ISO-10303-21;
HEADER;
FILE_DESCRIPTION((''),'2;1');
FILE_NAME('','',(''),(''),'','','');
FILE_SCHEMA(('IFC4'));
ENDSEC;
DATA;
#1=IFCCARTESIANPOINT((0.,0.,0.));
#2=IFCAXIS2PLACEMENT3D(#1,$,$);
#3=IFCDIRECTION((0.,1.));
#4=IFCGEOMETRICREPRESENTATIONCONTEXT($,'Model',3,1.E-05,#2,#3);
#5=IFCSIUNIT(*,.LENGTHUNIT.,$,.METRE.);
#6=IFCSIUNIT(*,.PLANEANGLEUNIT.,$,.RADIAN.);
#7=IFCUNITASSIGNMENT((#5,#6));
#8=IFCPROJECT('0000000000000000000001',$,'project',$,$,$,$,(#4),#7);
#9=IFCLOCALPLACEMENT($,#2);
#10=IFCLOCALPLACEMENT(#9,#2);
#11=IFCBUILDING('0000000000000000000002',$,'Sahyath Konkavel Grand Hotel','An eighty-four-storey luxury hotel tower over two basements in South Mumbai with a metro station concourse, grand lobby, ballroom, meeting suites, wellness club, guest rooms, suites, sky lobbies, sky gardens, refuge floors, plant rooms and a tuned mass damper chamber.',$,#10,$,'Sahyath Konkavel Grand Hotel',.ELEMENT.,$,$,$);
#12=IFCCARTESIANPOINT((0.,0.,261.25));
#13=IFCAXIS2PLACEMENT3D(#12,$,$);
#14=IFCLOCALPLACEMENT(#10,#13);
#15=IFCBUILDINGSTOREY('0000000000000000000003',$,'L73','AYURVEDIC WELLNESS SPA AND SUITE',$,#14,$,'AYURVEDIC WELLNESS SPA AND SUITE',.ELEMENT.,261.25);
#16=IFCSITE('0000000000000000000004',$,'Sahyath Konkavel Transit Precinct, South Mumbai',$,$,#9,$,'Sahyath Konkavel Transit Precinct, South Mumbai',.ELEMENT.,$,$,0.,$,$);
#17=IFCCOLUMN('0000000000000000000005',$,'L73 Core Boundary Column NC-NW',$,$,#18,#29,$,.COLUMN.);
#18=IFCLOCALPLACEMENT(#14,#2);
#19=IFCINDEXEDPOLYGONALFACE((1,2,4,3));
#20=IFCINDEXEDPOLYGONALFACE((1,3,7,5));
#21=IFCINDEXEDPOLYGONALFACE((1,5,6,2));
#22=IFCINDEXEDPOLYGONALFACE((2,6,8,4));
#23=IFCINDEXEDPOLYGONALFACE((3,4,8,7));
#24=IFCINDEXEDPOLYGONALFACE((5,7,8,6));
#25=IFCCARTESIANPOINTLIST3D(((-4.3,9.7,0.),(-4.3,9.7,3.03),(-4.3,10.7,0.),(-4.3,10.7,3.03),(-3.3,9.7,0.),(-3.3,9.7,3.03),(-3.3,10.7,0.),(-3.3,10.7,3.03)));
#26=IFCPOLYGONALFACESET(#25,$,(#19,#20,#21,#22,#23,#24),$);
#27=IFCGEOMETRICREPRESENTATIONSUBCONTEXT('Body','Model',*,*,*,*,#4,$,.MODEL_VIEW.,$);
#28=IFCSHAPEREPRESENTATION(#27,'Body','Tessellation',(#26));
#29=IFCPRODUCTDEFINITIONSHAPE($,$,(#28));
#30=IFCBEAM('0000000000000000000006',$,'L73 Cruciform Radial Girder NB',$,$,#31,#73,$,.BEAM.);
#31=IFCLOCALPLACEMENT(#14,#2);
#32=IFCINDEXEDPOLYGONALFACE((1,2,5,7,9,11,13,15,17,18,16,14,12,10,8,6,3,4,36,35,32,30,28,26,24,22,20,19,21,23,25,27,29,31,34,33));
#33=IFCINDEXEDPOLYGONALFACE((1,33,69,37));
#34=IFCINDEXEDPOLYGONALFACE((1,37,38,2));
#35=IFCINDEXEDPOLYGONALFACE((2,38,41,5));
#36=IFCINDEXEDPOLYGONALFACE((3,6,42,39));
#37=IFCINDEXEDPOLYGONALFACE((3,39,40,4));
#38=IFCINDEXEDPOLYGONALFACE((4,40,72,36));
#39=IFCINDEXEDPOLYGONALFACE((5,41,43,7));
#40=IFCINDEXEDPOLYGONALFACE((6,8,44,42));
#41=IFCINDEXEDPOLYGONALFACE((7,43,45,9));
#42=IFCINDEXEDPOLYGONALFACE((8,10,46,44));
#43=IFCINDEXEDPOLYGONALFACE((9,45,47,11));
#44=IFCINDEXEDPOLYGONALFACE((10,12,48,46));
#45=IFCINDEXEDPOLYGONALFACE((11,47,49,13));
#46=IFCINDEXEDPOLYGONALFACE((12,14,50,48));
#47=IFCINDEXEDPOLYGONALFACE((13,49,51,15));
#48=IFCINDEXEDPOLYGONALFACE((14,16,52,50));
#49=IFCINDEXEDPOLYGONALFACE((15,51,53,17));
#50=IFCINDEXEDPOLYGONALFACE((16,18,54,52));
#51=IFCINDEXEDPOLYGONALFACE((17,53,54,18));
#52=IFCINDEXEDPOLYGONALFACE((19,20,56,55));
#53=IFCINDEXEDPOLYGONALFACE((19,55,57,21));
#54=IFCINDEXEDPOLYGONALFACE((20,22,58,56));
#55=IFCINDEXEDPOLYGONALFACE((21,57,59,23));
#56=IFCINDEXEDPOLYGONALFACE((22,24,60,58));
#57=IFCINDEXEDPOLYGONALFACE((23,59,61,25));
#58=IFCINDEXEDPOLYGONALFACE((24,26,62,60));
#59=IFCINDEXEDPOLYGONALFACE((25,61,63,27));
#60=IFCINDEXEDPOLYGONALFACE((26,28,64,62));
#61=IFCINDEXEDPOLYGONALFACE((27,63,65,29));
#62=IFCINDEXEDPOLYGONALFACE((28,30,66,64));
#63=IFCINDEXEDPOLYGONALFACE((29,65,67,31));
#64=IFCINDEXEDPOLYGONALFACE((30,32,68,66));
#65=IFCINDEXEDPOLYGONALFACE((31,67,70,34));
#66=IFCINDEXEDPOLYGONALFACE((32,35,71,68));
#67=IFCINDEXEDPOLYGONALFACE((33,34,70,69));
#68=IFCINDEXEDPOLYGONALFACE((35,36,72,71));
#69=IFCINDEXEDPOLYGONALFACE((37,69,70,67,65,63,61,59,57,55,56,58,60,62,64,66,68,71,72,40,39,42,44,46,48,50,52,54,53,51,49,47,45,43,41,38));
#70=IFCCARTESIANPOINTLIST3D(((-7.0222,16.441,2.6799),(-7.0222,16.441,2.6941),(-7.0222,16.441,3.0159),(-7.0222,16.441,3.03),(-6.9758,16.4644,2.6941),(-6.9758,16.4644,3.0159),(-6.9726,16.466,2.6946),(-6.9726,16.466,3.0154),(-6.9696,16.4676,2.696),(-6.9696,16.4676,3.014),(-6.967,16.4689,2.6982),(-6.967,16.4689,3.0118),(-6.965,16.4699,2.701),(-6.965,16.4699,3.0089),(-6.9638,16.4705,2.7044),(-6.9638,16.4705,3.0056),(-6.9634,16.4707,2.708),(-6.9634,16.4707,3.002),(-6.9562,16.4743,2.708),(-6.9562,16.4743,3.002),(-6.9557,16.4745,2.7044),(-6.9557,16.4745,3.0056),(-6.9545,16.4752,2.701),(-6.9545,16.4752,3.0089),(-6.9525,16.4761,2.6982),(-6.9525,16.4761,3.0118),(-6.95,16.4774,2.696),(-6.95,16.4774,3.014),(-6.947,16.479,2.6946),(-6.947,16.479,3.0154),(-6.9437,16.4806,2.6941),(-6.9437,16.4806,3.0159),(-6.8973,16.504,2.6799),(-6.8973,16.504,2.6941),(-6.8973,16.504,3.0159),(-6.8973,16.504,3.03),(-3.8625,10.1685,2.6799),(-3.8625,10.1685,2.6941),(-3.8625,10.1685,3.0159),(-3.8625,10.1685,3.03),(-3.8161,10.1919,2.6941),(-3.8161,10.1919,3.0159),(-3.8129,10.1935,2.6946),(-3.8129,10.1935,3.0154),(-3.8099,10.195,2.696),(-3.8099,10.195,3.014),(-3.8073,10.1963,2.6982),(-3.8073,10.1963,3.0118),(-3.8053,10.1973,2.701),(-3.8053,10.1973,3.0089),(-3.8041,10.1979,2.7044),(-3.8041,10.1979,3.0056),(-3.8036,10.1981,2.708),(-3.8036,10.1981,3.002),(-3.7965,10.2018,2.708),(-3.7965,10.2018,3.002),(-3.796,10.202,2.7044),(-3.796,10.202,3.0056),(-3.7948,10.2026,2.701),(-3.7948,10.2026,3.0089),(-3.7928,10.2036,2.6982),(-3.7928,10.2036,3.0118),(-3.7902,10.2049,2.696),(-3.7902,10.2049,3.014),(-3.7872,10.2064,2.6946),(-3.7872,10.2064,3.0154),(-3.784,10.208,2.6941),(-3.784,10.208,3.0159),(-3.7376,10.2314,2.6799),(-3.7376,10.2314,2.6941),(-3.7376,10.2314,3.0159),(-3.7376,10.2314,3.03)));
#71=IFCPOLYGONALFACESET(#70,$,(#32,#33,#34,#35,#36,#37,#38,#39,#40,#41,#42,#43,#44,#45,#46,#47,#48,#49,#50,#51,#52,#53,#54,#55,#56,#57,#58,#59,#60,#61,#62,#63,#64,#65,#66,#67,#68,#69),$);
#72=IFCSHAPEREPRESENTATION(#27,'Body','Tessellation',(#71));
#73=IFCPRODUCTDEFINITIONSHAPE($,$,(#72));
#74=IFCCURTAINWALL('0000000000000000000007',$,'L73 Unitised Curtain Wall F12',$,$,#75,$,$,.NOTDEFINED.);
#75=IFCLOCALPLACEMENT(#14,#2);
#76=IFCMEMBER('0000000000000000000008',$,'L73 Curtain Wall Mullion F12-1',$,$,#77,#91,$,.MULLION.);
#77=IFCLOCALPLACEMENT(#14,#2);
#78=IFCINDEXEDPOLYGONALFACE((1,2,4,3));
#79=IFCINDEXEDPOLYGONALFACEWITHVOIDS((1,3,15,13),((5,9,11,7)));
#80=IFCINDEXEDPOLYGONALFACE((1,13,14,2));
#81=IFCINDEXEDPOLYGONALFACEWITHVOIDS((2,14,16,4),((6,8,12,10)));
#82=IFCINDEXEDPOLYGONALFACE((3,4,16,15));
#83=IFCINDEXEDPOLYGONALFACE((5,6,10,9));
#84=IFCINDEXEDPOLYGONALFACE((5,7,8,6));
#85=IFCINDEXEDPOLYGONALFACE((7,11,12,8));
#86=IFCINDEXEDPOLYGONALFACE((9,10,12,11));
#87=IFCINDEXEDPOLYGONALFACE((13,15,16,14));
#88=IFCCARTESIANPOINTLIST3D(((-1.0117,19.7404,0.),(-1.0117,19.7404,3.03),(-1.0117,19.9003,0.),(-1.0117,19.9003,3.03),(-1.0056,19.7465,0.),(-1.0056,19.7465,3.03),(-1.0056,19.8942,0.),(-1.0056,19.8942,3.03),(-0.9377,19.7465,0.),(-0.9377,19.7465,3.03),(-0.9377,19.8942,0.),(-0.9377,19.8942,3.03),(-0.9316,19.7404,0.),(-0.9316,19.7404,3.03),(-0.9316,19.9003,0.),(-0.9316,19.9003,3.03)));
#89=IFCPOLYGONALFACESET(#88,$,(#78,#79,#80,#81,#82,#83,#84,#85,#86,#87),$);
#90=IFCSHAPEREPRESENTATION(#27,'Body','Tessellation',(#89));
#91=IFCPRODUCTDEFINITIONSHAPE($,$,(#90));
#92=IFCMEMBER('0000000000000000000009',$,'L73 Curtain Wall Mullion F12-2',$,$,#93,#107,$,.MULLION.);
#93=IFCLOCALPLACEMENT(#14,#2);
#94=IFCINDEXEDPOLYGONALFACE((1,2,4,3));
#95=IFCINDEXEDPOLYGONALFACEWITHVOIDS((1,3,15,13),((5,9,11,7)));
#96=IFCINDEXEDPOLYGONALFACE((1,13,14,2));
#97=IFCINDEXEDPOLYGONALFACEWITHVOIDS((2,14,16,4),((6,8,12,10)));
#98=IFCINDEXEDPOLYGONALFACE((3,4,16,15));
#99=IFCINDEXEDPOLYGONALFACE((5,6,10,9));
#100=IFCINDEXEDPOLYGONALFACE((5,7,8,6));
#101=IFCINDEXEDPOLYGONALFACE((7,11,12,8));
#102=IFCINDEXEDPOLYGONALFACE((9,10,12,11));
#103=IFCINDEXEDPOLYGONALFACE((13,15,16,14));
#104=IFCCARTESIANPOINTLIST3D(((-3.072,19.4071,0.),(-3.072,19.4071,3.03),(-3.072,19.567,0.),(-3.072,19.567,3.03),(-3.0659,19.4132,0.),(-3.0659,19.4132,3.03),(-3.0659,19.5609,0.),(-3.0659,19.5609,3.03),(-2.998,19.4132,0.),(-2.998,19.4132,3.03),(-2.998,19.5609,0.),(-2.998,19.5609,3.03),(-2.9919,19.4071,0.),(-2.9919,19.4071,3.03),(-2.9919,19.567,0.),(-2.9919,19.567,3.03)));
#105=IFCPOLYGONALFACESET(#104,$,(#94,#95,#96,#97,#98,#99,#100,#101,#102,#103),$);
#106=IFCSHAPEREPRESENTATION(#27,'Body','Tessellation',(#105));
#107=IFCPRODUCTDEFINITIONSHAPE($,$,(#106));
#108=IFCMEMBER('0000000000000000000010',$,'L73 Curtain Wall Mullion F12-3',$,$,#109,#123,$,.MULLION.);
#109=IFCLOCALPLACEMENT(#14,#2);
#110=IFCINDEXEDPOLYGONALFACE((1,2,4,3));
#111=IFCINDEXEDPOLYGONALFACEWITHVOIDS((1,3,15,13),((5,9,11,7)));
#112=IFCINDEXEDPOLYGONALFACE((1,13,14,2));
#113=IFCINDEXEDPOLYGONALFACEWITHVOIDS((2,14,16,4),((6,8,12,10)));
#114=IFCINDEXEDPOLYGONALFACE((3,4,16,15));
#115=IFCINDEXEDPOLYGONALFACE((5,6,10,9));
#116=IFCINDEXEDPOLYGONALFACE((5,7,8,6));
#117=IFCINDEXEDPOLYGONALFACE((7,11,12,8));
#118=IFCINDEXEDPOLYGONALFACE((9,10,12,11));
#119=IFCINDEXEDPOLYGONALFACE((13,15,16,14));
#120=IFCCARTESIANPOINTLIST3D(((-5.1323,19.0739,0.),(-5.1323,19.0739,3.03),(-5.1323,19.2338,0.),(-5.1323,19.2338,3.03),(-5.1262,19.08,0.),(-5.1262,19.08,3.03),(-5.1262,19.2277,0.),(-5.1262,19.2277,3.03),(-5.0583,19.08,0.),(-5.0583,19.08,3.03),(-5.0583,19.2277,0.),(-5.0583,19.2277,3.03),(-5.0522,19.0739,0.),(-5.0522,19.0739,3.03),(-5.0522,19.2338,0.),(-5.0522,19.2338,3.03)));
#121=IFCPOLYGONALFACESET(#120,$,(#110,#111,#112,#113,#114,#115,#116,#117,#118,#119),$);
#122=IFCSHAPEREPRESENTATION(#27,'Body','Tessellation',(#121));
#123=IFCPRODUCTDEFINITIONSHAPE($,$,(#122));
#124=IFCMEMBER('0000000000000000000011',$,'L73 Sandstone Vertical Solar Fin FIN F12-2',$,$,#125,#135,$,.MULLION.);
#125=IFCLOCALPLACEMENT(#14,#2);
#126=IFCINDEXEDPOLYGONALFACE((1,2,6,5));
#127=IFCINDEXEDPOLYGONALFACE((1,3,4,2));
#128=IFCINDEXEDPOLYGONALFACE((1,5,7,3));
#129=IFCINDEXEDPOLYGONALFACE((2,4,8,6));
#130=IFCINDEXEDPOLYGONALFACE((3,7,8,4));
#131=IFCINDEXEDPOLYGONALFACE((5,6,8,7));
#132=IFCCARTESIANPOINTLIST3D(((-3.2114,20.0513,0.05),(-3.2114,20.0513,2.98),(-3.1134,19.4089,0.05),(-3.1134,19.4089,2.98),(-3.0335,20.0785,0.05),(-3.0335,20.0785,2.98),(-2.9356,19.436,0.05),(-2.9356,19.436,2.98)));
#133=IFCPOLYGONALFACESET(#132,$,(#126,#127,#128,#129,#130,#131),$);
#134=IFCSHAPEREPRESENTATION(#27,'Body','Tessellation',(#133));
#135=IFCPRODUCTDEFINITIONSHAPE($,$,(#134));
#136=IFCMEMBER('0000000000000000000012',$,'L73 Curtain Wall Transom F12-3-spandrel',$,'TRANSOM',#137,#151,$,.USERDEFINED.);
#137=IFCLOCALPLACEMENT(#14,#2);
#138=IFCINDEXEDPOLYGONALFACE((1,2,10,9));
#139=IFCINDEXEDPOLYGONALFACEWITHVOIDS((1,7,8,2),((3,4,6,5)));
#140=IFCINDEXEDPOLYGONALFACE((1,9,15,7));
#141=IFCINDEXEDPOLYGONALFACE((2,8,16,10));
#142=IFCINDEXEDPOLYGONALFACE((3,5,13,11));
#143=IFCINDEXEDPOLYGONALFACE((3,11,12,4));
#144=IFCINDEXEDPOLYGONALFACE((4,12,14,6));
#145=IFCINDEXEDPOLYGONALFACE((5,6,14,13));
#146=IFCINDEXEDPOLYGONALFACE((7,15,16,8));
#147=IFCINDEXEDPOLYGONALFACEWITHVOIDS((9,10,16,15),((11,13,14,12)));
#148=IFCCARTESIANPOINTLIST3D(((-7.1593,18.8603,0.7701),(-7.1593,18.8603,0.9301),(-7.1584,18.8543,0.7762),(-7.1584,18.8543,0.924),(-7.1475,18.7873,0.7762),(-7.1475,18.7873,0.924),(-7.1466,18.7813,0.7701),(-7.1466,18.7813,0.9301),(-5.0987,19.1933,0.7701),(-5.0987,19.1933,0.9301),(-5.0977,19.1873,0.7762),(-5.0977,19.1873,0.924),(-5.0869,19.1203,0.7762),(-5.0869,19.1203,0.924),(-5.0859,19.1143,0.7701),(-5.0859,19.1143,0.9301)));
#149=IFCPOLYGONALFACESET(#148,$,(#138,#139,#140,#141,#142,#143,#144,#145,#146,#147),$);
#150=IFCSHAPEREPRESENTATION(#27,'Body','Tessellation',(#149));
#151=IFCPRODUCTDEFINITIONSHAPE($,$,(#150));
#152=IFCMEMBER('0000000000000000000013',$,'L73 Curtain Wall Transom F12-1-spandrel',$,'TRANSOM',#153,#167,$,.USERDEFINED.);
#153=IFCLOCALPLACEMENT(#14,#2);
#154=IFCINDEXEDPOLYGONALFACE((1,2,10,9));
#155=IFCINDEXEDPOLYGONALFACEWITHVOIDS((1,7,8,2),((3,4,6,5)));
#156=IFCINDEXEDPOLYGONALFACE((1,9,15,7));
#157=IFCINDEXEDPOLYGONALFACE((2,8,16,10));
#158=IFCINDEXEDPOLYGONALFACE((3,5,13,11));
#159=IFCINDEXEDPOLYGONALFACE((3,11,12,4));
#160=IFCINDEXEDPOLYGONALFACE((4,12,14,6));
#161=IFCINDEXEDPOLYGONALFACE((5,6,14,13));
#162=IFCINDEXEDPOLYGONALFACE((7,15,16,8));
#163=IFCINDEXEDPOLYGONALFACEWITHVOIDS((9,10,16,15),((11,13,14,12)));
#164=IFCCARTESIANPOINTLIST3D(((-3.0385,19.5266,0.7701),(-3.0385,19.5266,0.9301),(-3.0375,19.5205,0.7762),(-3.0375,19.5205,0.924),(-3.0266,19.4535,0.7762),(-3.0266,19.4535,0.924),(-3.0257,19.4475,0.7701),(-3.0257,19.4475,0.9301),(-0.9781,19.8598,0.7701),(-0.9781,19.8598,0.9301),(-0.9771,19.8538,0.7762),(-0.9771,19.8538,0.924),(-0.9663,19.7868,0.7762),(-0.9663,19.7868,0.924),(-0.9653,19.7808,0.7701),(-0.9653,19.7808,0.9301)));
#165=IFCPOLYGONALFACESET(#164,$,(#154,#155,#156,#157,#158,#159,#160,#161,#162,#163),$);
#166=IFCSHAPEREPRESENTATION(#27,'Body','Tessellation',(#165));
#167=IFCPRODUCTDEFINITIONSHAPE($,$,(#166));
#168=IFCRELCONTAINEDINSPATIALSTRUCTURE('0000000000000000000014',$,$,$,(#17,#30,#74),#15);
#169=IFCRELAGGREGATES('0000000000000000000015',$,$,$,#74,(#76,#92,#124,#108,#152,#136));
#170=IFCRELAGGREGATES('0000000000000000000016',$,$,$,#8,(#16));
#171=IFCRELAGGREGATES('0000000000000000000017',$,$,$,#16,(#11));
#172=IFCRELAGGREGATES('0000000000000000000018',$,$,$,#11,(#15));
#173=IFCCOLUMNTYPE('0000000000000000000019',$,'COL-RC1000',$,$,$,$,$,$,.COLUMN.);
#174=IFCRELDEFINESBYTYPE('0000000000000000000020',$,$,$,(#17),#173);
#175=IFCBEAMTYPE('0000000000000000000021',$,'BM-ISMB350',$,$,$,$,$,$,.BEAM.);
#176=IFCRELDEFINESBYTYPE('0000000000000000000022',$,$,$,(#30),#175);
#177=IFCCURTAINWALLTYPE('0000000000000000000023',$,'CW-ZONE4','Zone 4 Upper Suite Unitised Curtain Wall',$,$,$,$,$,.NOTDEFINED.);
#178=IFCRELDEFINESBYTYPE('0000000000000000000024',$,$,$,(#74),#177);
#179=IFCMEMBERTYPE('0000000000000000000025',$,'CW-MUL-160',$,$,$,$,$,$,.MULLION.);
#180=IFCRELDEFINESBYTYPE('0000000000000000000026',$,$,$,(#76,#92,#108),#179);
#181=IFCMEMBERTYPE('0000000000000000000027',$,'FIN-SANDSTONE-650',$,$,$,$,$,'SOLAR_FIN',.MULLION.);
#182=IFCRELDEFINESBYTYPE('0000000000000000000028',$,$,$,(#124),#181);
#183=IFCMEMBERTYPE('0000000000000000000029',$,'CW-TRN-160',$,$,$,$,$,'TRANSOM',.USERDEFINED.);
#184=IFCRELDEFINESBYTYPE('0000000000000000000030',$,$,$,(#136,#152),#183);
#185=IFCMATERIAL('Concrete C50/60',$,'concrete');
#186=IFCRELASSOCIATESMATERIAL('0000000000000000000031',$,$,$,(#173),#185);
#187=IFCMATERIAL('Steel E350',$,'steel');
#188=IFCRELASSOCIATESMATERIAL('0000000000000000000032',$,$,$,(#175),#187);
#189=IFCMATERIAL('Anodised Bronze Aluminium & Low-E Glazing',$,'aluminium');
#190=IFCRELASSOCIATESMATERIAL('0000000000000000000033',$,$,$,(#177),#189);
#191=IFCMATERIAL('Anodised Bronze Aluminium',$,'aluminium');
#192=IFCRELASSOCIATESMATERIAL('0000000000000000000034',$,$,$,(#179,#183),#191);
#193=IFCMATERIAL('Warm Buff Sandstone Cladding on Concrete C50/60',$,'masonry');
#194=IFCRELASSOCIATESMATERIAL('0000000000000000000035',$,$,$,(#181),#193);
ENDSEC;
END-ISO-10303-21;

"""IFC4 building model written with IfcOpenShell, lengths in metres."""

from ifc_helpers import new_model, si_unit, direction, frame, origin, origin_2d, place, context, subcontext, project, spatial, rectangle, hollow_rectangle, i_section, extrude, source, transform, mapped, material, material_profile, profile_set, type_object, element, aggregate, save


model = new_model("IFC4")

# Units and contexts
model_context = context("Model", 3, precision=1e-05, world=origin(), true_north=direction((0.0, 1.0)))
body_context = subcontext(model_context, "Body", "Model", "MODEL_VIEW")
ifc_project = project(units=[si_unit("LENGTHUNIT", "METRE"), si_unit("PLANEANGLEUNIT", "RADIAN")], contexts=[model_context])

# Site, building, storey
site_placement = place(None, origin())
site = spatial("IfcSite", under=ifc_project, at=site_placement, Name="Sahyath Konkavel Transit Precinct, South Mumbai", LongName="Sahyath Konkavel Transit Precinct, South Mumbai", CompositionType="ELEMENT", RefElevation=0.0)
building_placement = place(site_placement, origin())
building = spatial("IfcBuilding", under=site, at=building_placement, Name="Sahyath Konkavel Grand Hotel", Description="An eighty-four-storey luxury hotel tower over two basements in South Mumbai with a metro station concourse, grand lobby, ballroom, meeting suites, wellness club, guest rooms, suites, sky lobbies, sky gardens, refuge floors, plant rooms and a tuned mass damper chamber.", LongName="Sahyath Konkavel Grand Hotel", CompositionType="ELEMENT")
storey_placement = place(building_placement, frame((0.0, 0.0, 261.25)))
storey = spatial("IfcBuildingStorey", under=building, at=storey_placement, Name="L73", Description="AYURVEDIC WELLNESS SPA AND SUITE", LongName="AYURVEDIC WELLNESS SPA AND SUITE", CompositionType="ELEMENT", Elevation=261.25)

# Column
ifc_material_1 = material(Name="Concrete C50/60", Category="concrete")
ifc_material_profile_1 = material_profile(ifc_material_1, rectangle(XDim=1.0, YDim=1.0, at=origin_2d()), Name="RC 1000x1000")
ifc_profile_set_1 = profile_set([ifc_material_profile_1], Name="Concrete C50/60")
column_type = type_object("IfcColumnType", Name="COL-RC1000", PredefinedType="COLUMN", material=ifc_profile_set_1)
shared_shape_1 = source(origin(), body_context, "Body", "SweptSolid", [
    extrude(rectangle(XDim=1.0, YDim=1.0, at=origin_2d()), origin(), (0.0, 0.0, 1.0), 3.03),
])
column_placement = place(storey_placement, frame((-3.8, 10.2, 0.0), z_axis=(0.0, 0.0, 1.0), x_axis=(1.0, 0.0, 0.0)))
element("IfcColumn", 1, at=column_placement, inside=storey, type_object=column_type, Name="L73 Core Boundary Column NC-NW", PredefinedType="COLUMN", context=body_context, shape_type="MappedRepresentation", body=[
    mapped(shared_shape_1, transform((0.0, 0.0, 0.0), scale=1.0)),
])

# Beam
ifc_material_2 = material(Name="Steel E350", Category="steel")
ifc_material_profile_2 = material_profile(ifc_material_2, i_section(OverallWidth=0.1399, OverallDepth=0.3501, WebThickness=0.0081, FlangeThickness=0.0142, FilletRadius=0.0139, at=origin_2d()), Name="ISMB 350")
ifc_profile_set_2 = profile_set([ifc_material_profile_2], Name="Steel E350")
beam_type_1 = type_object("IfcBeamType", Name="BM-ISMB350", PredefinedType="BEAM", material=ifc_profile_set_2)
shared_shape_2 = source(origin(), body_context, "Body", "SweptSolid", [
    extrude(i_section(OverallWidth=0.1399, OverallDepth=0.3501, WebThickness=0.0081, FlangeThickness=0.0142, FilletRadius=0.0139, at=origin_2d()), origin(), (0.0, 0.0, 1.0), 7.0234),
])
beam_1_placement = place(storey_placement, frame((-3.8, 10.2, 2.855), z_axis=(-0.449881, 0.893088, 0.0), x_axis=(-0.893088, -0.449881, 0.0)))
element("IfcBeam", 2, at=beam_1_placement, inside=storey, type_object=beam_type_1, Name="L73 Cruciform Radial Girder NB", PredefinedType="BEAM", context=body_context, shape_type="MappedRepresentation", body=[
    mapped(shared_shape_2, transform((0.0, 0.0, 0.0), scale=1.0)),
])

# Curtain wall, members
ifc_material_3 = material(Name="Anodised Bronze Aluminium & Low-E Glazing", Category="aluminium")
curtain_wall_type = type_object("IfcCurtainWallType", Name="CW-ZONE4", Description="Zone 4 Upper Suite Unitised Curtain Wall", PredefinedType="NOTDEFINED", material=ifc_material_3)
curtain_wall_placement = place(storey_placement, origin())
curtain_wall = element("IfcCurtainWall", 3, at=curtain_wall_placement, inside=storey, type_object=curtain_wall_type, Name="L73 Unitised Curtain Wall F12", PredefinedType="NOTDEFINED")
ifc_material_4 = material(Name="Anodised Bronze Aluminium", Category="aluminium")
ifc_material_profile_3 = material_profile(ifc_material_4, hollow_rectangle(XDim=0.0801, YDim=0.1599, WallThickness=0.0061, at=origin_2d()), Name="RHS 160x80x6")
ifc_profile_set_3 = profile_set([ifc_material_profile_3], Name="Anodised Bronze Aluminium")
member_type_1 = type_object("IfcMemberType", Name="CW-MUL-160", PredefinedType="MULLION", material=ifc_profile_set_3)
shared_shape_3 = source(origin(), body_context, "Body", "SweptSolid", [
    extrude(hollow_rectangle(XDim=0.0801, YDim=0.1599, WallThickness=0.0061, at=origin_2d()), origin(), (0.0, 0.0, 1.0), 3.03),
])
member_1_placement = place(storey_placement, frame((-0.9717, 19.8203, 0.0), z_axis=(0.0, 0.0, 1.0), x_axis=(1.0, 0.0, 0.0)))
member_1 = element("IfcMember", 4, at=member_1_placement, type_object=member_type_1, Name="L73 Curtain Wall Mullion F12-1", PredefinedType="MULLION", context=body_context, shape_type="MappedRepresentation", body=[
    mapped(shared_shape_3, transform((0.0, 0.0, 0.0), scale=1.0)),
])
member_2_placement = place(storey_placement, frame((-3.032, 19.4871, 0.0), z_axis=(0.0, 0.0, 1.0), x_axis=(1.0, 0.0, 0.0)))
member_2 = element("IfcMember", 5, at=member_2_placement, type_object=member_type_1, Name="L73 Curtain Wall Mullion F12-2", PredefinedType="MULLION", context=body_context, shape_type="MappedRepresentation", body=[
    mapped(shared_shape_3, transform((0.0, 0.0, 0.0), scale=1.0)),
])
member_3_placement = place(storey_placement, frame((-5.0923, 19.1538, 0.0), z_axis=(0.0, 0.0, 1.0), x_axis=(1.0, 0.0, 0.0)))
member_3 = element("IfcMember", 6, at=member_3_placement, type_object=member_type_1, Name="L73 Curtain Wall Mullion F12-3", PredefinedType="MULLION", context=body_context, shape_type="MappedRepresentation", body=[
    mapped(shared_shape_3, transform((0.0, 0.0, 0.0), scale=1.0)),
])
ifc_material_5 = material(Name="Warm Buff Sandstone Cladding on Concrete C50/60", Category="masonry")
ifc_material_profile_4 = material_profile(ifc_material_5, rectangle(XDim=0.1799, YDim=0.6499, at=origin_2d()), Name="FIN 180x650")
ifc_profile_set_4 = profile_set([ifc_material_profile_4], Name="Warm Buff Sandstone Cladding on Concrete C50/60")
member_type_2 = type_object("IfcMemberType", Name="FIN-SANDSTONE-650", ElementType="SOLAR_FIN", PredefinedType="MULLION", material=ifc_profile_set_4)
shared_shape_4 = source(origin(), body_context, "Body", "SweptSolid", [
    extrude(rectangle(XDim=0.1799, YDim=0.6499, at=origin_2d()), origin(), (0.0, 0.0, 1.0), 2.9299),
])
member_4_placement = place(storey_placement, frame((-3.0735, 19.7437, 0.05), z_axis=(0.0, 0.0, 1.0), x_axis=(0.988573, 0.150743, 0.0)))
member_4 = element("IfcMember", 7, at=member_4_placement, type_object=member_type_2, Name="L73 Sandstone Vertical Solar Fin FIN F12-2", PredefinedType="MULLION", context=body_context, shape_type="MappedRepresentation", body=[
    mapped(shared_shape_4, transform((0.0, 0.0, 0.0), scale=1.0)),
])
ifc_material_profile_5 = material_profile(ifc_material_4, hollow_rectangle(XDim=0.0801, YDim=0.1599, WallThickness=0.0061, at=origin_2d()), Name="RHS 160x80x6")
ifc_profile_set_5 = profile_set([ifc_material_profile_5], Name="Anodised Bronze Aluminium")
member_type_3 = type_object("IfcMemberType", Name="CW-TRN-160", ElementType="TRANSOM", PredefinedType="USERDEFINED", material=ifc_profile_set_5)
shared_shape_5 = source(origin(), body_context, "Body", "SweptSolid", [
    extrude(hollow_rectangle(XDim=0.0801, YDim=0.1599, WallThickness=0.0061, at=origin_2d()), origin(), (0.0, 0.0, 1.0), 2.0874),
])
member_5_placement = place(storey_placement, frame((-5.0923, 19.1538, 0.8501), z_axis=(-0.987191, -0.159541, 0.0), x_axis=(0.159541, -0.987191, 0.0)))
member_5 = element("IfcMember", 8, at=member_5_placement, type_object=member_type_3, Name="L73 Curtain Wall Transom F12-3-spandrel", ObjectType="TRANSOM", PredefinedType="USERDEFINED", context=body_context, shape_type="MappedRepresentation", body=[
    mapped(shared_shape_5, transform((0.0, 0.0, 0.0), scale=1.0)),
])
shared_shape_6 = source(origin(), body_context, "Body", "SweptSolid", [
    extrude(hollow_rectangle(XDim=0.0801, YDim=0.1599, WallThickness=0.0061, at=origin_2d()), origin(), (0.0, 0.0, 1.0), 2.0872),
])
member_6_placement = place(storey_placement, frame((-0.9717, 19.8203, 0.8501), z_axis=(-0.98717, -0.159674, 0.0), x_axis=(0.159674, -0.98717, 0.0)))
member_6 = element("IfcMember", 9, at=member_6_placement, type_object=member_type_3, Name="L73 Curtain Wall Transom F12-1-spandrel", ObjectType="TRANSOM", PredefinedType="USERDEFINED", context=body_context, shape_type="MappedRepresentation", body=[
    mapped(shared_shape_6, transform((0.0, 0.0, 0.0), scale=1.0)),
])

aggregate(curtain_wall, [member_1, member_2, member_4, member_3, member_6, member_5])

save(model, "model.ifc")
